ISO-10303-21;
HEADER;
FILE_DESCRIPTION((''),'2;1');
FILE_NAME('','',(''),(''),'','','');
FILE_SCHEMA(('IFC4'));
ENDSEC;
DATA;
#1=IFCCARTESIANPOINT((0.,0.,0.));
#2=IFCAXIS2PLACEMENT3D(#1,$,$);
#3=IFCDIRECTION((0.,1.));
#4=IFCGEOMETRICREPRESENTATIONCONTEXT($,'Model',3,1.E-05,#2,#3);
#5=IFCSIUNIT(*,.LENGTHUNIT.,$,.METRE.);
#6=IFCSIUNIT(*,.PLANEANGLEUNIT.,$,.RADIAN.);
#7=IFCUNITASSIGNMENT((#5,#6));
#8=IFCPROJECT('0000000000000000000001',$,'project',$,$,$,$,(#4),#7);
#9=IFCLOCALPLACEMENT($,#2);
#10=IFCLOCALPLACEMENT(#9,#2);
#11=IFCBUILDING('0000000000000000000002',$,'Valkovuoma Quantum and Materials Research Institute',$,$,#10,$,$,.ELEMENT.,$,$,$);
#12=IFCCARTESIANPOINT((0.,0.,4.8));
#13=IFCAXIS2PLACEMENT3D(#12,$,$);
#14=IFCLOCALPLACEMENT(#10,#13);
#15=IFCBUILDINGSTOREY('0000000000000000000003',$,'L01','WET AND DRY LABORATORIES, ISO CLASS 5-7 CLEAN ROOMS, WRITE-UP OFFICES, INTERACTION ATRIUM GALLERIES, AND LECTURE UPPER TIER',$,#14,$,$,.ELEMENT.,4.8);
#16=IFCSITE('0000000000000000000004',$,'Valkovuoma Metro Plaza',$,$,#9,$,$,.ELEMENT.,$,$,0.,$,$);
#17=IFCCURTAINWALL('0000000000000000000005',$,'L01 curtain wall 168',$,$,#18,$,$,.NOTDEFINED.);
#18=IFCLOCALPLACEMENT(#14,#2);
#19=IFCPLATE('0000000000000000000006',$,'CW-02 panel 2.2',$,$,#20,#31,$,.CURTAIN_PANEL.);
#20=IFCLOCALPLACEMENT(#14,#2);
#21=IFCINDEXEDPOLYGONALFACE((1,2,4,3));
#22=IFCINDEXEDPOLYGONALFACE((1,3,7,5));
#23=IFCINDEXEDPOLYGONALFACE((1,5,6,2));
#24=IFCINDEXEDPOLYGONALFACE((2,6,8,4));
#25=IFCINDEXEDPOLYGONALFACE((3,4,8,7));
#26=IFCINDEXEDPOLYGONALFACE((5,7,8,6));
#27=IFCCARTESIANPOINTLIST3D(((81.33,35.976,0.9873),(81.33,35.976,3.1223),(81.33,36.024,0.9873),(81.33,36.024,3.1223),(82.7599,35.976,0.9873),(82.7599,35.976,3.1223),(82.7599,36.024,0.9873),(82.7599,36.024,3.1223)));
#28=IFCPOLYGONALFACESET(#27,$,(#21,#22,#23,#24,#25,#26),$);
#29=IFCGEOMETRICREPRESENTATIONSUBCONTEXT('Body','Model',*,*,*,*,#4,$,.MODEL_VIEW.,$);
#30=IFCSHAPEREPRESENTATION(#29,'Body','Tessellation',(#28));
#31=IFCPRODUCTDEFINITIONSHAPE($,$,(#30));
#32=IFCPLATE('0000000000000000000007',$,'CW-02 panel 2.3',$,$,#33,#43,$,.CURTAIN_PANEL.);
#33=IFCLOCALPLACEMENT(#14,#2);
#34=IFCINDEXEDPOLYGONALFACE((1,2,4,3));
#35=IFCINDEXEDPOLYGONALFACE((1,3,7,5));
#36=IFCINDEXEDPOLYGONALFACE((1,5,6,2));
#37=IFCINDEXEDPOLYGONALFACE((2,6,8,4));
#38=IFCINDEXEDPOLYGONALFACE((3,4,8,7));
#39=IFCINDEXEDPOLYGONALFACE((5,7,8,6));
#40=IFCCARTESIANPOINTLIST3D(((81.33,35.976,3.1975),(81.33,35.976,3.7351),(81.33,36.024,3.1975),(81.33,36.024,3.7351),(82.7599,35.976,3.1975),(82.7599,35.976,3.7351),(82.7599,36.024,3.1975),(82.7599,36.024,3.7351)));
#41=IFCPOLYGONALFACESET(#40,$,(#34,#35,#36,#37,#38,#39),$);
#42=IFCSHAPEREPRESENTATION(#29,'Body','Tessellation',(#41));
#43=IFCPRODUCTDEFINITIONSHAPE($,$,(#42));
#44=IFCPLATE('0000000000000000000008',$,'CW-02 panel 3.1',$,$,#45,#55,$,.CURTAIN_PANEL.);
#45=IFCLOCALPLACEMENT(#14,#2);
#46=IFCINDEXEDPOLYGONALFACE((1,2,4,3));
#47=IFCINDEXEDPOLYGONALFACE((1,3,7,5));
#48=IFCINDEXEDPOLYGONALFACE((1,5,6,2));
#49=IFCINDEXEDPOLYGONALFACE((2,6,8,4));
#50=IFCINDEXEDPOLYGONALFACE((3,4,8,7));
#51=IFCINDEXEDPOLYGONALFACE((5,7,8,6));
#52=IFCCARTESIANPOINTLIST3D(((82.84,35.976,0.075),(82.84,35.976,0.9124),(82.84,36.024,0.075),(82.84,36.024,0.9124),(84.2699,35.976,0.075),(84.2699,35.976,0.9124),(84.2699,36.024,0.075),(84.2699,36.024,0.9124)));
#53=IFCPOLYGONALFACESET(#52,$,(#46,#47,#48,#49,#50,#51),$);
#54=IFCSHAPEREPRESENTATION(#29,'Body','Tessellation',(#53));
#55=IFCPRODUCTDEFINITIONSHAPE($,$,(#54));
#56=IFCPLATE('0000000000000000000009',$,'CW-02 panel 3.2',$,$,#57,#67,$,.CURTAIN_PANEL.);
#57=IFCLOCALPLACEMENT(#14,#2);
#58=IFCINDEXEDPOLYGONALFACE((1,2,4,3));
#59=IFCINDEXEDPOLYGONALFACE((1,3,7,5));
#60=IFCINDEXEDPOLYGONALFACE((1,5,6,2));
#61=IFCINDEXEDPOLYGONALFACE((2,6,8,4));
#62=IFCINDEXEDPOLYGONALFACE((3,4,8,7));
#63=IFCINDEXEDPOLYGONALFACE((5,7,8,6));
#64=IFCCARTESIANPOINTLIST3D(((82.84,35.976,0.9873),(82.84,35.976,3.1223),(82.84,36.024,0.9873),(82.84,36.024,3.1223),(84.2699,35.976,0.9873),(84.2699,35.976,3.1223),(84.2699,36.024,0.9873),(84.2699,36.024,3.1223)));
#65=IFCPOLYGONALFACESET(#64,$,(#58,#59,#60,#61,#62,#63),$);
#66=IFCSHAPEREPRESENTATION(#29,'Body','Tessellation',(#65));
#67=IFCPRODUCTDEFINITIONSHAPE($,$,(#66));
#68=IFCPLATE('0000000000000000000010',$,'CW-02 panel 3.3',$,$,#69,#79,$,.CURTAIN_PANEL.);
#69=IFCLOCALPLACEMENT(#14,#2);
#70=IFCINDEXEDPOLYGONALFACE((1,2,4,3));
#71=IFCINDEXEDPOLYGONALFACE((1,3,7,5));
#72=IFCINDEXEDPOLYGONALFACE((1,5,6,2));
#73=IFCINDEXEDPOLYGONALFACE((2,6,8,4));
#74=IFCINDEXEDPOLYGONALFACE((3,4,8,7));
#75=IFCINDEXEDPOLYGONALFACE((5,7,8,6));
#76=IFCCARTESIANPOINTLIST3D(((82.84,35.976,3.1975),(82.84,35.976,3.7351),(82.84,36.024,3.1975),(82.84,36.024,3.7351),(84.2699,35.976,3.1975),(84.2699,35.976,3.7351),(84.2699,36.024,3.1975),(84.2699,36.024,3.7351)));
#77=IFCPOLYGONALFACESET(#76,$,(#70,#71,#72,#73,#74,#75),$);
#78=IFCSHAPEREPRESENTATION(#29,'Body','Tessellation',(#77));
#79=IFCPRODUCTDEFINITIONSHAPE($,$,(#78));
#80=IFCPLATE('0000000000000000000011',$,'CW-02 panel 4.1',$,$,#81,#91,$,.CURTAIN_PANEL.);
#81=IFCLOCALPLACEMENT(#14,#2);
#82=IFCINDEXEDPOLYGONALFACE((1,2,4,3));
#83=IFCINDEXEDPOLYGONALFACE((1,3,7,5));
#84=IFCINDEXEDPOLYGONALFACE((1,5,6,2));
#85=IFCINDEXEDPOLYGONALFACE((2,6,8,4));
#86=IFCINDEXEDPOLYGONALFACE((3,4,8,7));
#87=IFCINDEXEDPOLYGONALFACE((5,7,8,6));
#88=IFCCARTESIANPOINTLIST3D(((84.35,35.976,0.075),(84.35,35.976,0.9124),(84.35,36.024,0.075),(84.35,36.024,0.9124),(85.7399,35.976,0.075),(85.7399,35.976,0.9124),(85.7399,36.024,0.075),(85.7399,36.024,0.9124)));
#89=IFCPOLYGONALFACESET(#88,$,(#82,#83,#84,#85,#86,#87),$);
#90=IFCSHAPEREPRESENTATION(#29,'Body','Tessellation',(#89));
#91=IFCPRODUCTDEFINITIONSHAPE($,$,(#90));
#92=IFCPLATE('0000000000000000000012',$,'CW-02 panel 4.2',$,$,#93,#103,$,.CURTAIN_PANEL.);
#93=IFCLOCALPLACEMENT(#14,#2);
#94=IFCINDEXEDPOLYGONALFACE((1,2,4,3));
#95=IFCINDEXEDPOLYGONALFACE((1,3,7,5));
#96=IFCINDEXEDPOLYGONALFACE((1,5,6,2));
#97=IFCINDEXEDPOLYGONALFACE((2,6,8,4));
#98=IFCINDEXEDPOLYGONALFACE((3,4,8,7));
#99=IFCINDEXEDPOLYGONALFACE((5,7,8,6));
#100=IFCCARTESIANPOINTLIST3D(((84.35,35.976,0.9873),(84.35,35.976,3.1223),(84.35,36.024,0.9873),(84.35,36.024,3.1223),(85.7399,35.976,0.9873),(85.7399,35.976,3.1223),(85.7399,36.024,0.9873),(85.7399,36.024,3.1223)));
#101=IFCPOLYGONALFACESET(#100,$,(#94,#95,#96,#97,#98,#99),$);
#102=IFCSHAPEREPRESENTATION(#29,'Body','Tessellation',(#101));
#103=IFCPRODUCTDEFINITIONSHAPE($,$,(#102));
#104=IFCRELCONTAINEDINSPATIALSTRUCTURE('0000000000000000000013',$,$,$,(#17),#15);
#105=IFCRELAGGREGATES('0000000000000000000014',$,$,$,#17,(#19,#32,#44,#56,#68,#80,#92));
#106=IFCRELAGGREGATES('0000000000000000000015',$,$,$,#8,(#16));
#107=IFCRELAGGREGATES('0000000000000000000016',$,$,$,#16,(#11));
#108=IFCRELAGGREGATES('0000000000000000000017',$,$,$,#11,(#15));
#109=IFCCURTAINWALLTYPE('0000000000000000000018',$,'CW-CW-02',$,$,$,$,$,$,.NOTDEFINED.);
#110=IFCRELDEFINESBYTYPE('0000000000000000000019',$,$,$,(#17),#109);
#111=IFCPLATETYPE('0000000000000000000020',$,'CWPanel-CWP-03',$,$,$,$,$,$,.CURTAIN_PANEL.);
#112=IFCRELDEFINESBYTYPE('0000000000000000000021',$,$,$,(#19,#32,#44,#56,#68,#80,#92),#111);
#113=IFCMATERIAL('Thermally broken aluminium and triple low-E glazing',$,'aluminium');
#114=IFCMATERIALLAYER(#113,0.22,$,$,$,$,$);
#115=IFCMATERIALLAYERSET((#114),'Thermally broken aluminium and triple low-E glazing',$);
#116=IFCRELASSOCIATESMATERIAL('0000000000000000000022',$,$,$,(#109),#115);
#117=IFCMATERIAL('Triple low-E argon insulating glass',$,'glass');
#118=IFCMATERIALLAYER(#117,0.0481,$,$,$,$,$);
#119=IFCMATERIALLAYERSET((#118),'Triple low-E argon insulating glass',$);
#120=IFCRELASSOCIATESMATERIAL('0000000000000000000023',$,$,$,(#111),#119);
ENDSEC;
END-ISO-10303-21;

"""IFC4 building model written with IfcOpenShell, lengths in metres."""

from ifc_helpers import new_model, si_unit, direction, frame, origin, origin_2d, place, context, subcontext, project, spatial, rectangle, extrude, material, layer, layer_set, type_object, element, aggregate, save


model = new_model("IFC4")

# Units and contexts
model_context = context("Model", 3, precision=1e-05, world=origin(), true_north=direction((0.0, 1.0)))
body_context = subcontext(model_context, "Body", "Model", "MODEL_VIEW")
ifc_project = project(units=[si_unit("LENGTHUNIT", "METRE"), si_unit("PLANEANGLEUNIT", "RADIAN")], contexts=[model_context])

# Site, building, storey
site_placement = place(None, origin())
site = spatial("IfcSite", under=ifc_project, at=site_placement, Name="Valkovuoma Metro Plaza", CompositionType="ELEMENT", RefElevation=0.0)
building_placement = place(site_placement, origin())
building = spatial("IfcBuilding", under=site, at=building_placement, Name="Valkovuoma Quantum and Materials Research Institute", CompositionType="ELEMENT")
storey_placement = place(building_placement, frame((0.0, 0.0, 4.8)))
storey = spatial("IfcBuildingStorey", under=building, at=storey_placement, Name="L01", Description="WET AND DRY LABORATORIES, ISO CLASS 5-7 CLEAN ROOMS, WRITE-UP OFFICES, INTERACTION ATRIUM GALLERIES, AND LECTURE UPPER TIER", CompositionType="ELEMENT", Elevation=4.8)

# Curtain wall, plates
ifc_material_1 = material(Name="Thermally broken aluminium and triple low-E glazing", Category="aluminium")
ifc_layer_1 = layer(ifc_material_1, 0.22)
ifc_layer_set_1 = layer_set([ifc_layer_1], Name="Thermally broken aluminium and triple low-E glazing")
curtain_wall_type = type_object("IfcCurtainWallType", Name="CW-CW-02", PredefinedType="NOTDEFINED", material=ifc_layer_set_1)
curtain_wall_placement = place(storey_placement, origin())
curtain_wall = element("IfcCurtainWall", 1, at=curtain_wall_placement, inside=storey, type_object=curtain_wall_type, Name="L01 curtain wall 168", PredefinedType="NOTDEFINED")
ifc_material_2 = material(Name="Triple low-E argon insulating glass", Category="glass")
ifc_layer_2 = layer(ifc_material_2, 0.0481)
ifc_layer_set_2 = layer_set([ifc_layer_2], Name="Triple low-E argon insulating glass")
plate_type = type_object("IfcPlateType", Name="CWPanel-CWP-03", PredefinedType="CURTAIN_PANEL", material=ifc_layer_set_2)
plate_1_placement = place(storey_placement, frame((82.0449, 36.0, 0.9873), z_axis=(0.0, 0.0, 1.0), x_axis=(1.0, 0.0, 0.0)))
plate_1 = element("IfcPlate", 2, at=plate_1_placement, type_object=plate_type, Name="CW-02 panel 2.2", PredefinedType="CURTAIN_PANEL", context=body_context, shape_type="SweptSolid", body=[
    extrude(rectangle(XDim=1.4299, YDim=0.0481, at=origin_2d()), origin(), (0.0, 0.0, 1.0), 2.135),
])
plate_2_placement = place(storey_placement, frame((82.0449, 36.0, 3.1975), z_axis=(0.0, 0.0, 1.0), x_axis=(1.0, 0.0, 0.0)))
plate_2 = element("IfcPlate", 3, at=plate_2_placement, type_object=plate_type, Name="CW-02 panel 2.3", PredefinedType="CURTAIN_PANEL", context=body_context, shape_type="SweptSolid", body=[
    extrude(rectangle(XDim=1.4299, YDim=0.0481, at=origin_2d()), origin(), (0.0, 0.0, 1.0), 0.5376),
])
plate_3_placement = place(storey_placement, frame((83.5549, 36.0, 0.075), z_axis=(0.0, 0.0, 1.0), x_axis=(1.0, 0.0, 0.0)))
plate_3 = element("IfcPlate", 4, at=plate_3_placement, type_object=plate_type, Name="CW-02 panel 3.1", PredefinedType="CURTAIN_PANEL", context=body_context, shape_type="SweptSolid", body=[
    extrude(rectangle(XDim=1.4299, YDim=0.0481, at=origin_2d()), origin(), (0.0, 0.0, 1.0), 0.8374),
])
plate_4_placement = place(storey_placement, frame((83.5549, 36.0, 0.9873), z_axis=(0.0, 0.0, 1.0), x_axis=(1.0, 0.0, 0.0)))
plate_4 = element("IfcPlate", 5, at=plate_4_placement, type_object=plate_type, Name="CW-02 panel 3.2", PredefinedType="CURTAIN_PANEL", context=body_context, shape_type="SweptSolid", body=[
    extrude(rectangle(XDim=1.4299, YDim=0.0481, at=origin_2d()), origin(), (0.0, 0.0, 1.0), 2.135),
])
plate_5_placement = place(storey_placement, frame((83.5549, 36.0, 3.1975), z_axis=(0.0, 0.0, 1.0), x_axis=(1.0, 0.0, 0.0)))
plate_5 = element("IfcPlate", 6, at=plate_5_placement, type_object=plate_type, Name="CW-02 panel 3.3", PredefinedType="CURTAIN_PANEL", context=body_context, shape_type="SweptSolid", body=[
    extrude(rectangle(XDim=1.4299, YDim=0.0481, at=origin_2d()), origin(), (0.0, 0.0, 1.0), 0.5376),
])
plate_6_placement = place(storey_placement, frame((85.0449, 36.0, 0.075), z_axis=(0.0, 0.0, 1.0), x_axis=(1.0, 0.0, 0.0)))
plate_6 = element("IfcPlate", 7, at=plate_6_placement, type_object=plate_type, Name="CW-02 panel 4.1", PredefinedType="CURTAIN_PANEL", context=body_context, shape_type="SweptSolid", body=[
    extrude(rectangle(XDim=1.3899, YDim=0.0481, at=origin_2d()), origin(), (0.0, 0.0, 1.0), 0.8374),
])
plate_7_placement = place(storey_placement, frame((85.0449, 36.0, 0.9873), z_axis=(0.0, 0.0, 1.0), x_axis=(1.0, 0.0, 0.0)))
plate_7 = element("IfcPlate", 8, at=plate_7_placement, type_object=plate_type, Name="CW-02 panel 4.2", PredefinedType="CURTAIN_PANEL", context=body_context, shape_type="SweptSolid", body=[
    extrude(rectangle(XDim=1.3899, YDim=0.0481, at=origin_2d()), origin(), (0.0, 0.0, 1.0), 2.135),
])
aggregate(curtain_wall, [plate_1, plate_2, plate_3, plate_4, plate_5, plate_6, plate_7])

save(model, "model.ifc")
